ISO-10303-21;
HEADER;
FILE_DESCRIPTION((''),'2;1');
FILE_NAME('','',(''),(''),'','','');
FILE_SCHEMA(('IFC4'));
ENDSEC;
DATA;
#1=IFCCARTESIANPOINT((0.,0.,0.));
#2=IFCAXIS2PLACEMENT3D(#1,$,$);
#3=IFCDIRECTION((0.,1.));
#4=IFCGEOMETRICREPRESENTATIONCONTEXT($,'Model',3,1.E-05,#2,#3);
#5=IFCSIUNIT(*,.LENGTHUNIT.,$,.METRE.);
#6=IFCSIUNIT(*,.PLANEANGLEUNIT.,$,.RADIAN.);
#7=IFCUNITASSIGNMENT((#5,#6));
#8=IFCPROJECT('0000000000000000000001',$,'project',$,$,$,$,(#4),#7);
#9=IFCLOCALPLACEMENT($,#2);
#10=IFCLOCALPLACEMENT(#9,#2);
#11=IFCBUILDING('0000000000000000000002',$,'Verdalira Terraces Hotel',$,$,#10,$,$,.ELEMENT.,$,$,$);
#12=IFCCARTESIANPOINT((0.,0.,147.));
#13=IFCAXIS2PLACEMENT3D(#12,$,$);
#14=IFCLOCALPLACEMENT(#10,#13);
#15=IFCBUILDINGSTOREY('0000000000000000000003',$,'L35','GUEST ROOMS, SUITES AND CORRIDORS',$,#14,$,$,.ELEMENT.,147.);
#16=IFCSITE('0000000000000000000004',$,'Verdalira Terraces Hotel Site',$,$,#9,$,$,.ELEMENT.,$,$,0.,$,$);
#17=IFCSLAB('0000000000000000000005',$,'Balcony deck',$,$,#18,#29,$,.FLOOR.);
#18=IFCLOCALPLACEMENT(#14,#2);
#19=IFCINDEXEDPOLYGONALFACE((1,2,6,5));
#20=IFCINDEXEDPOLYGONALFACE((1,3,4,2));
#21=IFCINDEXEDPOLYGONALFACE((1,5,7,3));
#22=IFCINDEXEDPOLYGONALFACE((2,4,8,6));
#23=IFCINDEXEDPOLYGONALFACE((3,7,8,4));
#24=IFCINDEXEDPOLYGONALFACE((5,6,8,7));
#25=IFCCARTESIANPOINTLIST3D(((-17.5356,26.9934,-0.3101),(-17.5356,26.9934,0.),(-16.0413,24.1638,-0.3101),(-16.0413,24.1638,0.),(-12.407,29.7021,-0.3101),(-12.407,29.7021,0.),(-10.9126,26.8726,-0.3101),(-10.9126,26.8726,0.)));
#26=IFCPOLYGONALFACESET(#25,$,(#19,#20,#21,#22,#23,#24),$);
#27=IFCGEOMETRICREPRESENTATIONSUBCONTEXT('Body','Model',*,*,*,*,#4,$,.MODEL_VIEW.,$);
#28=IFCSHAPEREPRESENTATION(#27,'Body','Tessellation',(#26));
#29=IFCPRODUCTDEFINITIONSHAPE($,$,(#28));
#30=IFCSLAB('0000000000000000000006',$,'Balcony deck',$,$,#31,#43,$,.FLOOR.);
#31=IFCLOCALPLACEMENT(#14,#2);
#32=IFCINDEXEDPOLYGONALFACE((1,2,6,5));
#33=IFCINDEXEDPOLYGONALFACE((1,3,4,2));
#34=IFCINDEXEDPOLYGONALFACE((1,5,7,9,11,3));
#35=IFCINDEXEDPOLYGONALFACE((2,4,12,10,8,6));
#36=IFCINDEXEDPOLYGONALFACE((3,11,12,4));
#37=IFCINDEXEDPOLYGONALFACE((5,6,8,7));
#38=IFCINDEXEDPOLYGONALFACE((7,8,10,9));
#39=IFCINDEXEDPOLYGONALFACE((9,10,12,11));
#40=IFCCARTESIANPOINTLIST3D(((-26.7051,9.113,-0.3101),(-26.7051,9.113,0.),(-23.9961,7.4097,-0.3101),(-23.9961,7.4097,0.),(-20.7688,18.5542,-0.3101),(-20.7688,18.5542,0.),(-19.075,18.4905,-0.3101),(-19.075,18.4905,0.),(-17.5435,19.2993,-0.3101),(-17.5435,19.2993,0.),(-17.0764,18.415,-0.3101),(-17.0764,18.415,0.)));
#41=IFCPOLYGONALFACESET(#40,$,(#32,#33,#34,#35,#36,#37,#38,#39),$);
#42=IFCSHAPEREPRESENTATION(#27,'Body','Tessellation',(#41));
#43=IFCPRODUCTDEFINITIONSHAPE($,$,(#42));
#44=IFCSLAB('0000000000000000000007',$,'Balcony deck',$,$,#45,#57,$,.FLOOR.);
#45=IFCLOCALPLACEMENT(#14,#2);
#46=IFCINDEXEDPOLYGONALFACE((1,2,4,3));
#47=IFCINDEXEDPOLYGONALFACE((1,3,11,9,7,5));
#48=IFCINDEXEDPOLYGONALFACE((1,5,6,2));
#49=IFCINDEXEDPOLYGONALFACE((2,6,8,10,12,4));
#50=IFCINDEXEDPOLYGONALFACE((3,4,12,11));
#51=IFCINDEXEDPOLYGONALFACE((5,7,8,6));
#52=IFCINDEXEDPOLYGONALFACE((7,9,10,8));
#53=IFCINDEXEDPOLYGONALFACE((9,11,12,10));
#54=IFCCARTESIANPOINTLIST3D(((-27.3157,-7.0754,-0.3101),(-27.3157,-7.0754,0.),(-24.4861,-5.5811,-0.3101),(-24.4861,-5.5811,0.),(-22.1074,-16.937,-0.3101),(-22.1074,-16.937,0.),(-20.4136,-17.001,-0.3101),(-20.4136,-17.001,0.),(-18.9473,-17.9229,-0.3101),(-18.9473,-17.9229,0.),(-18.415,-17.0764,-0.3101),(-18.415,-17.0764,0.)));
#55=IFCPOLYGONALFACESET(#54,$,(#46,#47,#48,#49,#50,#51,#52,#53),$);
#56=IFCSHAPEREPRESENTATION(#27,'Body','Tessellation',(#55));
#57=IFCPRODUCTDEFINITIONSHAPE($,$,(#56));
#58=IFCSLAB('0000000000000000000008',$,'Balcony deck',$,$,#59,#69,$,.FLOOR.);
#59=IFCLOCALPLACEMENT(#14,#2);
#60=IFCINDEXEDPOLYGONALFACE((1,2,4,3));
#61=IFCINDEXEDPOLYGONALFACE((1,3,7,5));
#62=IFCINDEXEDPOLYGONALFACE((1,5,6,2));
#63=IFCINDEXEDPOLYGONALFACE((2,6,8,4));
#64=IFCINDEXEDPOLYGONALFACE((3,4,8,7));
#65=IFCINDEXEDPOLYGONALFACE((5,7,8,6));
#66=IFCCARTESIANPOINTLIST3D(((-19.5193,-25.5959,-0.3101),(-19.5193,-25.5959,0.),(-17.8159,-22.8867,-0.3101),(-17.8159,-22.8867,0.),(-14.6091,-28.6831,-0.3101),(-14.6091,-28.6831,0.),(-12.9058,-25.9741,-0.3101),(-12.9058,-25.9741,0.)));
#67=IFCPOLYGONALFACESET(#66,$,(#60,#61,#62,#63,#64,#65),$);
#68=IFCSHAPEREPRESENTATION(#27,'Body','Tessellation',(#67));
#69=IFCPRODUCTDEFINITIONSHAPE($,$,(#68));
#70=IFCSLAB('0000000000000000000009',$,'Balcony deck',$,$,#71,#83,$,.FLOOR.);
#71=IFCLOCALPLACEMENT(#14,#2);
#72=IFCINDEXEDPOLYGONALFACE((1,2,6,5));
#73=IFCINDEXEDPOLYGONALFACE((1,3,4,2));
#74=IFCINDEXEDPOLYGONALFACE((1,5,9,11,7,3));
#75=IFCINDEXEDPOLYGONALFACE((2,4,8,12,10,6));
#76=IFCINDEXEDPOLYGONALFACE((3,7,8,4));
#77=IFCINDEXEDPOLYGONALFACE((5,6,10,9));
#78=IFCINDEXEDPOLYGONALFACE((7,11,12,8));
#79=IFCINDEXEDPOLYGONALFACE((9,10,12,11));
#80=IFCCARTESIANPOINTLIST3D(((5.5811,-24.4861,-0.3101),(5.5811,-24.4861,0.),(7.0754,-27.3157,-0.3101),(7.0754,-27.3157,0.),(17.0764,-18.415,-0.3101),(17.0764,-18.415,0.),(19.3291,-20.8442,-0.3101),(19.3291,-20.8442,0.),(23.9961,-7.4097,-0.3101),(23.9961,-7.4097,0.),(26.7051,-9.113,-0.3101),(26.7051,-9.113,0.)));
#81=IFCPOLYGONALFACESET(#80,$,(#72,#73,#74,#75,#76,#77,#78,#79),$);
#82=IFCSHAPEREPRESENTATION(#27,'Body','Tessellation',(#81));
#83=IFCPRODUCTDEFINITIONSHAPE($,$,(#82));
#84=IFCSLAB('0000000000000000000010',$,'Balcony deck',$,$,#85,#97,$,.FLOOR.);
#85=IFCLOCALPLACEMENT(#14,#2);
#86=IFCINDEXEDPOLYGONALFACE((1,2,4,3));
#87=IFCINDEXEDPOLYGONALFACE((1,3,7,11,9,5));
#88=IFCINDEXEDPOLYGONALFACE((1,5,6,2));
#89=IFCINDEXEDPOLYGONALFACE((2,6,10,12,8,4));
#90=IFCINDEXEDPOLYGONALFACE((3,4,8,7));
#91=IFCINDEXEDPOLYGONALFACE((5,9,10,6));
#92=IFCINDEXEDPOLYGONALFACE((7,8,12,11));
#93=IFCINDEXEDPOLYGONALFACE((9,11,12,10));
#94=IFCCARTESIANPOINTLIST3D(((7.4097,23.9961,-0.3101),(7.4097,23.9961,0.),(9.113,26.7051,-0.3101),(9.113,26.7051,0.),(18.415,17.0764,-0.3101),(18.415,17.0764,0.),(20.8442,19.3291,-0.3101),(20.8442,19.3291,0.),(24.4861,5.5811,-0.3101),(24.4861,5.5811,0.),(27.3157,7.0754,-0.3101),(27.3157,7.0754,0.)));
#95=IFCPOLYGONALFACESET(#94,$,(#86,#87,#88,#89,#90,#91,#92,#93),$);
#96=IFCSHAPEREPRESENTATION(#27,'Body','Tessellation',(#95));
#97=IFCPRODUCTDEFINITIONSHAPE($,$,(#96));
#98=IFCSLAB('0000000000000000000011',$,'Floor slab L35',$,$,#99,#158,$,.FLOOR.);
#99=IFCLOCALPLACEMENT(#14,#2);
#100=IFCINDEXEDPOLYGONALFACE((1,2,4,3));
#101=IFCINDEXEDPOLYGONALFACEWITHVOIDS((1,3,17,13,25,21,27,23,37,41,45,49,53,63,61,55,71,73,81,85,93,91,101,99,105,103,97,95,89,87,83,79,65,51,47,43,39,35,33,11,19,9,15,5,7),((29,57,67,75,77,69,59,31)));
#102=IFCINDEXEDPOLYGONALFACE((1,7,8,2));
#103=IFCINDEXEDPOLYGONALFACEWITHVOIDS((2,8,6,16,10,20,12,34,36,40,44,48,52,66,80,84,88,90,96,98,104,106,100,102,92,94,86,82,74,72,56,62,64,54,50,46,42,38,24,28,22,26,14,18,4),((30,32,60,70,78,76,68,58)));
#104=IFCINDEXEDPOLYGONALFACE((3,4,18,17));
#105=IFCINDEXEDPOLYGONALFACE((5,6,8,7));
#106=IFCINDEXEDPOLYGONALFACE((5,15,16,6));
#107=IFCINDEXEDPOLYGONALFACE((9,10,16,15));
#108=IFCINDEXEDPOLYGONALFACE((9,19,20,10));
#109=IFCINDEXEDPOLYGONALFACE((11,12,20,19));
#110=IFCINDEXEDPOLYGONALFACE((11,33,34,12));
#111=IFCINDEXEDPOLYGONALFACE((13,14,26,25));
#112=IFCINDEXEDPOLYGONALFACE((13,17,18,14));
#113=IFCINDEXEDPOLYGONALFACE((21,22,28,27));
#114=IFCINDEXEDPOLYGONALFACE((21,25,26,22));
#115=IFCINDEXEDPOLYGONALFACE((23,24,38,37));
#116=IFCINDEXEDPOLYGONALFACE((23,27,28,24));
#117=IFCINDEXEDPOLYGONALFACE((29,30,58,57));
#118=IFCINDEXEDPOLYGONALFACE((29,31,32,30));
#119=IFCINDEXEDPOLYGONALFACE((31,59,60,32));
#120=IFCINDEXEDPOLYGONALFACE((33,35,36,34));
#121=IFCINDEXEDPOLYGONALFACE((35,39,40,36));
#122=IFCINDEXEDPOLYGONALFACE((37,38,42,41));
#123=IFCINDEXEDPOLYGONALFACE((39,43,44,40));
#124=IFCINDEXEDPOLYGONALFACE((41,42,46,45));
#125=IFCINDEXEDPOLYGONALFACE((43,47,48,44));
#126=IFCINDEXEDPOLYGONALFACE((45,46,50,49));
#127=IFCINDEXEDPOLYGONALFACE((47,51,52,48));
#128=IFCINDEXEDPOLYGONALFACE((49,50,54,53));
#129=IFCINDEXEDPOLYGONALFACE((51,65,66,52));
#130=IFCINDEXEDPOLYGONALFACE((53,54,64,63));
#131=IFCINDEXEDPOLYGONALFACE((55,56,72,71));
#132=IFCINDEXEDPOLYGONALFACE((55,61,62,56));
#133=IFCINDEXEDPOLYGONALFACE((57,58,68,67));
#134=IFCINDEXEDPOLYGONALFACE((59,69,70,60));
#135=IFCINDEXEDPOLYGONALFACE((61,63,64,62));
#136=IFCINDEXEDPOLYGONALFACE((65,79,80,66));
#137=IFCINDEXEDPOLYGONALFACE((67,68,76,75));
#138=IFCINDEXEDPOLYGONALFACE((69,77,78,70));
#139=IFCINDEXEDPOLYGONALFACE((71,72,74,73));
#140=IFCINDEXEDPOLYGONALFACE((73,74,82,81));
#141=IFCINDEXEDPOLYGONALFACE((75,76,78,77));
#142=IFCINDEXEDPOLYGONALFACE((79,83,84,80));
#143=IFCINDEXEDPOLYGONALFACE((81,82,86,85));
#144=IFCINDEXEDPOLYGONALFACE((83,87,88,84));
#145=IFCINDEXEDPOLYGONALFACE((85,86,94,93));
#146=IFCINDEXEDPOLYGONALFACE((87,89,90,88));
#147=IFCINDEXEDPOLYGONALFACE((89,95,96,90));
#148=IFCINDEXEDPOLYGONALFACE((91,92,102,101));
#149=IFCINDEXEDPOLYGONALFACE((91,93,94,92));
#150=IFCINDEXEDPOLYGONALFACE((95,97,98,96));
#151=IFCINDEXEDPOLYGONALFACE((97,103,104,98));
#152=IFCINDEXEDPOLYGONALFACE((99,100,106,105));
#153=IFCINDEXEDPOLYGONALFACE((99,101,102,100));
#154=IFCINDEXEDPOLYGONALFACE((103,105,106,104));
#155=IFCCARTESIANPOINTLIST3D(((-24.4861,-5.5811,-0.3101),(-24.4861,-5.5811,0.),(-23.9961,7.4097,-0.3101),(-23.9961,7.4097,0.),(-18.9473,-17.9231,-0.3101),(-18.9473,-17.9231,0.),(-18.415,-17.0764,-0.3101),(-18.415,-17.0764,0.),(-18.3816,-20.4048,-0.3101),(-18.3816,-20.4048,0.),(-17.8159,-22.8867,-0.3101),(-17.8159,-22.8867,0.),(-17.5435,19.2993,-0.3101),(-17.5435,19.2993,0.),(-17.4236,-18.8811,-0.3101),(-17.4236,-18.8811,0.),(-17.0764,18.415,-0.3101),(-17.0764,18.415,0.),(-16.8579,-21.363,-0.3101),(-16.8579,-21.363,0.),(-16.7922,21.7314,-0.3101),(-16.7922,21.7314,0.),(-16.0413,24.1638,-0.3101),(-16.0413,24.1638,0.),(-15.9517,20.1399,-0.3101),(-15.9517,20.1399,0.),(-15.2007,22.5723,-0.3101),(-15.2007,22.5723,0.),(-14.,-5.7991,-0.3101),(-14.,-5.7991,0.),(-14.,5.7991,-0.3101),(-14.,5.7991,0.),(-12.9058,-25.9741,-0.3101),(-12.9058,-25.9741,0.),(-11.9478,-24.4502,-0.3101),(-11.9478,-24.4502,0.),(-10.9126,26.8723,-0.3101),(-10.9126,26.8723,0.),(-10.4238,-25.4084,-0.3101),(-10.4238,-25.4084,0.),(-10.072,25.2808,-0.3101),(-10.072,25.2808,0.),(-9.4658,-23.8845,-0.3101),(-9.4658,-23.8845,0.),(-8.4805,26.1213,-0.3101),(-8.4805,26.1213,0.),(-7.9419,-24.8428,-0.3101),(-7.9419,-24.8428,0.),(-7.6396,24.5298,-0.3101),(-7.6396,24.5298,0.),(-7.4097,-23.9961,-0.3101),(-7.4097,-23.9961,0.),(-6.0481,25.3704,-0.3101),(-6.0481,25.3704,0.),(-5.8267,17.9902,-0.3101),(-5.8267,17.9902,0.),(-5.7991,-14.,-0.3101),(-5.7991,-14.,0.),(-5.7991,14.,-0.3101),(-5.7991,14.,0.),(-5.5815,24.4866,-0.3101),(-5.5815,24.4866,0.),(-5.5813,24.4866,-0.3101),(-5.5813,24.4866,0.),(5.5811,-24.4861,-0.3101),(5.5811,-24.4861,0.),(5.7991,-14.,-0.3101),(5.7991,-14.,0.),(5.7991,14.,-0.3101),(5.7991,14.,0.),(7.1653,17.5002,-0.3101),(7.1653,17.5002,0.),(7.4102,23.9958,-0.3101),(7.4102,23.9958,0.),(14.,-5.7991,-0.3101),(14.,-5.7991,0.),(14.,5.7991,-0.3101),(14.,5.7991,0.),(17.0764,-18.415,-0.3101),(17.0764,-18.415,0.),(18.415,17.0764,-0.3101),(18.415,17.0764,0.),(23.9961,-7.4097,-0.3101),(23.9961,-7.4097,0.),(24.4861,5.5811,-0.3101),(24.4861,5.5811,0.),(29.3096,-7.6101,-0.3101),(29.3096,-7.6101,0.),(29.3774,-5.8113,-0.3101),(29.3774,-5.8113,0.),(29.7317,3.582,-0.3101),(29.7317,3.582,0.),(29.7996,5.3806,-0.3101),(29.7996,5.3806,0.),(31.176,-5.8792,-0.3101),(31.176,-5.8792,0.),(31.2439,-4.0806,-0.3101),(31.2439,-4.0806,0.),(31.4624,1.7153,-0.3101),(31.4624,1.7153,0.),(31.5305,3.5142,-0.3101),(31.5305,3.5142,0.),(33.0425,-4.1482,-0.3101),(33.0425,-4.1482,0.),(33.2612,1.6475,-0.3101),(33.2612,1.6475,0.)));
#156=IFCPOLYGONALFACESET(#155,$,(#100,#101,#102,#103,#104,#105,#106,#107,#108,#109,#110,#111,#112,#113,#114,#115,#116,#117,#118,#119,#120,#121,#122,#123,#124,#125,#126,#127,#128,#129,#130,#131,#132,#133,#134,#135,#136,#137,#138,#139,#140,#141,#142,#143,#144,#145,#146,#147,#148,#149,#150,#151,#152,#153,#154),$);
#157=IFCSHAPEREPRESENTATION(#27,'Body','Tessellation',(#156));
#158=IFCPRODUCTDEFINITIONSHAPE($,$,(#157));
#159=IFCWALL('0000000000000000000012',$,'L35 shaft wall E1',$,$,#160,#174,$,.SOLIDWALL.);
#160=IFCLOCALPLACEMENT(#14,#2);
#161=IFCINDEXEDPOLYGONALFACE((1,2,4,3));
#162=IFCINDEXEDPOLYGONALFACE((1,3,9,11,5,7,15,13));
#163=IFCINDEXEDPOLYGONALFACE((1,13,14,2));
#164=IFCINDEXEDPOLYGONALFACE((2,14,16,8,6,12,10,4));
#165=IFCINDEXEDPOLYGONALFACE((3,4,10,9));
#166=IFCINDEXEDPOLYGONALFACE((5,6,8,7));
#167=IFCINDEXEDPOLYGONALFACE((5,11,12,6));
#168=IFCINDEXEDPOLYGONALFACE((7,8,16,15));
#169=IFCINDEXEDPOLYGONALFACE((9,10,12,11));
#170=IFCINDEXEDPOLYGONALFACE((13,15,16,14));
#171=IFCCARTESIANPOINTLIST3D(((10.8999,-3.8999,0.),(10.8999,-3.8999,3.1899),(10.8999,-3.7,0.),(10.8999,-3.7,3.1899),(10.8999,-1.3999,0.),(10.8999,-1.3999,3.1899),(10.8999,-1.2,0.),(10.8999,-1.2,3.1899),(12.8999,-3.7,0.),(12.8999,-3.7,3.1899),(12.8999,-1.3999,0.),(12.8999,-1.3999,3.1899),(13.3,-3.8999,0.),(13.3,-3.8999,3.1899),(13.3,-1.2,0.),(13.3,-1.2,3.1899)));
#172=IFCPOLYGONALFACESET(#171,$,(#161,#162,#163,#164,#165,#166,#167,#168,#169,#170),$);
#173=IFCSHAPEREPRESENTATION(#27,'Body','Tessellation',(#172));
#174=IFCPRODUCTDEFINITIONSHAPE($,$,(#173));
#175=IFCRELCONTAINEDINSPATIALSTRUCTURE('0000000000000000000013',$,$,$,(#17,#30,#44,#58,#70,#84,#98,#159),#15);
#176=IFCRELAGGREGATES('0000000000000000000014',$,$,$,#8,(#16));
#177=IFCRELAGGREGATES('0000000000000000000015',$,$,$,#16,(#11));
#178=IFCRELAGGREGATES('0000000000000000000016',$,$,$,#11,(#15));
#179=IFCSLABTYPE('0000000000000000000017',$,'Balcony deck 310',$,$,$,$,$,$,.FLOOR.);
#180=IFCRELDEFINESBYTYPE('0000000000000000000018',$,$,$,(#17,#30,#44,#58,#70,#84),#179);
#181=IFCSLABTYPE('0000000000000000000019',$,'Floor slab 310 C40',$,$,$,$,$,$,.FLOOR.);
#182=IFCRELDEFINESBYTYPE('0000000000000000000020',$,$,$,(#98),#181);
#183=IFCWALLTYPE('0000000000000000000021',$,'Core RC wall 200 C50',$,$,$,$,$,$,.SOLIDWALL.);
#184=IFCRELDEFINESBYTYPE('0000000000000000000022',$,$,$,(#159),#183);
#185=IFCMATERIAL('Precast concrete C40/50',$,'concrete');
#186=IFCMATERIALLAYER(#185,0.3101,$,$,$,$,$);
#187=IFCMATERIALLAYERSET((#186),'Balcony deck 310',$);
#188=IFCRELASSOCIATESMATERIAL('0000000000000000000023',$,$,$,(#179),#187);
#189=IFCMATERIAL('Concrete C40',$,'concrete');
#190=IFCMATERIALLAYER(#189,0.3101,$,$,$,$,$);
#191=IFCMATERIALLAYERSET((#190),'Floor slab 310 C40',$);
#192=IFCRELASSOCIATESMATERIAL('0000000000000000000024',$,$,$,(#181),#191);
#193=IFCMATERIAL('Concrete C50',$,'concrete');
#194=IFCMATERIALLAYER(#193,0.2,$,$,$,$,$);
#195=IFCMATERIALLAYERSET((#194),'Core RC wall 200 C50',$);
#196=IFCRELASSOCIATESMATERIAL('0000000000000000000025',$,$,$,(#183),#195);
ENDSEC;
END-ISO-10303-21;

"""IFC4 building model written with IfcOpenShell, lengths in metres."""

from ifc_helpers import new_model, si_unit, direction, frame, origin, place, context, subcontext, project, spatial, polyline, outline, extrude, material, layer, layer_set, type_object, element, save


model = new_model("IFC4")

# Units and contexts
model_context = context("Model", 3, precision=1e-05, world=origin(), true_north=direction((0.0, 1.0)))
body_context = subcontext(model_context, "Body", "Model", "MODEL_VIEW")
ifc_project = project(units=[si_unit("LENGTHUNIT", "METRE"), si_unit("PLANEANGLEUNIT", "RADIAN")], contexts=[model_context])

# Site, building, storey
site_placement = place(None, origin())
site = spatial("IfcSite", under=ifc_project, at=site_placement, Name="Verdalira Terraces Hotel Site", CompositionType="ELEMENT", RefElevation=0.0)
building_placement = place(site_placement, origin())
building = spatial("IfcBuilding", under=site, at=building_placement, Name="Verdalira Terraces Hotel", CompositionType="ELEMENT")
storey_placement = place(building_placement, frame((0.0, 0.0, 147.0)))
storey = spatial("IfcBuildingStorey", under=building, at=storey_placement, Name="L35", Description="GUEST ROOMS, SUITES AND CORRIDORS", CompositionType="ELEMENT", Elevation=147.0)

# Slabs
ifc_material_1 = material(Name="Precast concrete C40/50", Category="concrete")
ifc_layer_1 = layer(ifc_material_1, 0.3101)
ifc_layer_set_1 = layer_set([ifc_layer_1], Name="Balcony deck 310")
slab_type_1 = type_object("IfcSlabType", Name="Balcony deck 310", PredefinedType="FLOOR", material=ifc_layer_set_1)
slab_1_placement = place(storey_placement, frame((0.0, 0.0, -0.3101)))
element("IfcSlab", 1, at=slab_1_placement, inside=storey, type_object=slab_type_1, Name="Balcony deck", PredefinedType="FLOOR", context=body_context, shape_type="SweptSolid", body=[
    extrude(outline(polyline([(-17.5356, 26.9934), (-16.0413, 24.1638), (-10.9126, 26.8726), (-12.407, 29.7021), (-17.5356, 26.9934)])), origin(), (0.0, 0.0, 1.0), 0.3101),
])
slab_2_placement = place(storey_placement, frame((0.0, 0.0, -0.3101)))
element("IfcSlab", 2, at=slab_2_placement, inside=storey, type_object=slab_type_1, Name="Balcony deck", PredefinedType="FLOOR", context=body_context, shape_type="SweptSolid", body=[
    extrude(outline(polyline([(-20.7688, 18.5542), (-26.7051, 9.113), (-23.9961, 7.4097), (-17.0764, 18.415), (-17.5435, 19.2993), (-19.075, 18.4905), (-20.7688, 18.5542)])), origin(), (0.0, 0.0, 1.0), 0.3101),
])
slab_3_placement = place(storey_placement, frame((0.0, 0.0, -0.3101)))
element("IfcSlab", 3, at=slab_3_placement, inside=storey, type_object=slab_type_1, Name="Balcony deck", PredefinedType="FLOOR", context=body_context, shape_type="SweptSolid", body=[
    extrude(outline(polyline([(-27.3157, -7.0754), (-22.1074, -16.937), (-20.4136, -17.001), (-18.9473, -17.9229), (-18.415, -17.0764), (-24.4861, -5.5811), (-27.3157, -7.0754)])), origin(), (0.0, 0.0, 1.0), 0.3101),
])
slab_4_placement = place(storey_placement, frame((0.0, 0.0, -0.3101)))
element("IfcSlab", 4, at=slab_4_placement, inside=storey, type_object=slab_type_1, Name="Balcony deck", PredefinedType="FLOOR", context=body_context, shape_type="SweptSolid", body=[
    extrude(outline(polyline([(-14.6091, -28.6831), (-12.9058, -25.9741), (-17.8159, -22.8867), (-19.5193, -25.5959), (-14.6091, -28.6831)])), origin(), (0.0, 0.0, 1.0), 0.3101),
])
slab_5_placement = place(storey_placement, frame((0.0, 0.0, -0.3101)))
element("IfcSlab", 5, at=slab_5_placement, inside=storey, type_object=slab_type_1, Name="Balcony deck", PredefinedType="FLOOR", context=body_context, shape_type="SweptSolid", body=[
    extrude(outline(polyline([(26.7051, -9.113), (23.9961, -7.4097), (17.0764, -18.415), (5.5811, -24.4861), (7.0754, -27.3157), (19.3291, -20.8442), (26.7051, -9.113)])), origin(), (0.0, 0.0, 1.0), 0.3101),
])
slab_6_placement = place(storey_placement, frame((0.0, 0.0, -0.3101)))
element("IfcSlab", 6, at=slab_6_placement, inside=storey, type_object=slab_type_1, Name="Balcony deck", PredefinedType="FLOOR", context=body_context, shape_type="SweptSolid", body=[
    extrude(outline(polyline([(9.113, 26.7051), (7.4097, 23.9961), (18.415, 17.0764), (24.4861, 5.5811), (27.3157, 7.0754), (20.8442, 19.3291), (9.113, 26.7051)])), origin(), (0.0, 0.0, 1.0), 0.3101),
])
ifc_material_2 = material(Name="Concrete C40", Category="concrete")
ifc_layer_2 = layer(ifc_material_2, 0.3101)
ifc_layer_set_2 = layer_set([ifc_layer_2], Name="Floor slab 310 C40")
slab_type_2 = type_object("IfcSlabType", Name="Floor slab 310 C40", PredefinedType="FLOOR", material=ifc_layer_set_2)
slab_7_placement = place(storey_placement, frame((0.0, 0.0, -0.3101)))
element("IfcSlab", 7, at=slab_7_placement, inside=storey, type_object=slab_type_2, Name="Floor slab L35", PredefinedType="FLOOR", context=body_context, shape_type="SweptSolid", body=[
    extrude(outline(polyline([(24.4861, 5.5811), (18.415, 17.0764), (7.4102, 23.9959), (7.1653, 17.5002), (-5.8267, 17.9902), (-5.5815, 24.4866), (-5.5813, 24.4866), (-6.0481, 25.3704), (-7.6396, 24.5298), (-8.4805, 26.1213), (-10.072, 25.2808), (-10.9126, 26.8723), (-16.0413, 24.1638), (-15.2007, 22.5723), (-16.7922, 21.7314), (-15.9517, 20.1399), (-17.5435, 19.2993), (-17.0764, 18.415), (-23.9961, 7.4097), (-24.4861, -5.5811), (-18.415, -17.0764), (-18.9473, -17.9231), (-17.4236, -18.8811), (-18.3816, -20.4048), (-16.8579, -21.363), (-17.8159, -22.8867), (-12.9058, -25.9741), (-11.9478, -24.4502), (-10.4238, -25.4084), (-9.4658, -23.8845), (-7.9419, -24.8428), (-7.4097, -23.9961), (5.5811, -24.4861), (17.0764, -18.415), (23.9961, -7.4097), (29.3096, -7.6101), (29.3774, -5.8113), (31.176, -5.8792), (31.2439, -4.0806), (33.0425, -4.1482), (33.2612, 1.6475), (31.4624, 1.7153), (31.5305, 3.5142), (29.7317, 3.582), (29.7996, 5.3806), (24.4861, 5.5811)]), holes=[polyline([(5.7991, 14.0), (14.0, 5.7991), (14.0, -5.7991), (5.7991, -14.0), (-5.7991, -14.0), (-14.0, -5.7991), (-14.0, 5.7991), (-5.7991, 14.0), (5.7991, 14.0)])]), origin(), (0.0, 0.0, 1.0), 0.3101),
])

# Wall
ifc_material_3 = material(Name="Concrete C50", Category="concrete")
ifc_layer_3 = layer(ifc_material_3, 0.2)
ifc_layer_set_3 = layer_set([ifc_layer_3], Name="Core RC wall 200 C50")
wall_type_1 = type_object("IfcWallType", Name="Core RC wall 200 C50", PredefinedType="SOLIDWALL", material=ifc_layer_set_3)
wall_1_placement = place(storey_placement, origin())
element("IfcWall", 8, at=wall_1_placement, inside=storey, type_object=wall_type_1, Name="L35 shaft wall E1", PredefinedType="SOLIDWALL", context=body_context, shape_type="SweptSolid", body=[
    extrude(outline(polyline([(13.3, -3.8999), (10.8999, -3.8999), (10.8999, -3.7), (12.8999, -3.7), (12.8999, -1.3999), (10.8999, -1.3999), (10.8999, -1.2), (13.3, -1.2), (13.3, -3.8999)])), origin(), (0.0, 0.0, 1.0), 3.1899),
])

save(model, "model.ifc")
